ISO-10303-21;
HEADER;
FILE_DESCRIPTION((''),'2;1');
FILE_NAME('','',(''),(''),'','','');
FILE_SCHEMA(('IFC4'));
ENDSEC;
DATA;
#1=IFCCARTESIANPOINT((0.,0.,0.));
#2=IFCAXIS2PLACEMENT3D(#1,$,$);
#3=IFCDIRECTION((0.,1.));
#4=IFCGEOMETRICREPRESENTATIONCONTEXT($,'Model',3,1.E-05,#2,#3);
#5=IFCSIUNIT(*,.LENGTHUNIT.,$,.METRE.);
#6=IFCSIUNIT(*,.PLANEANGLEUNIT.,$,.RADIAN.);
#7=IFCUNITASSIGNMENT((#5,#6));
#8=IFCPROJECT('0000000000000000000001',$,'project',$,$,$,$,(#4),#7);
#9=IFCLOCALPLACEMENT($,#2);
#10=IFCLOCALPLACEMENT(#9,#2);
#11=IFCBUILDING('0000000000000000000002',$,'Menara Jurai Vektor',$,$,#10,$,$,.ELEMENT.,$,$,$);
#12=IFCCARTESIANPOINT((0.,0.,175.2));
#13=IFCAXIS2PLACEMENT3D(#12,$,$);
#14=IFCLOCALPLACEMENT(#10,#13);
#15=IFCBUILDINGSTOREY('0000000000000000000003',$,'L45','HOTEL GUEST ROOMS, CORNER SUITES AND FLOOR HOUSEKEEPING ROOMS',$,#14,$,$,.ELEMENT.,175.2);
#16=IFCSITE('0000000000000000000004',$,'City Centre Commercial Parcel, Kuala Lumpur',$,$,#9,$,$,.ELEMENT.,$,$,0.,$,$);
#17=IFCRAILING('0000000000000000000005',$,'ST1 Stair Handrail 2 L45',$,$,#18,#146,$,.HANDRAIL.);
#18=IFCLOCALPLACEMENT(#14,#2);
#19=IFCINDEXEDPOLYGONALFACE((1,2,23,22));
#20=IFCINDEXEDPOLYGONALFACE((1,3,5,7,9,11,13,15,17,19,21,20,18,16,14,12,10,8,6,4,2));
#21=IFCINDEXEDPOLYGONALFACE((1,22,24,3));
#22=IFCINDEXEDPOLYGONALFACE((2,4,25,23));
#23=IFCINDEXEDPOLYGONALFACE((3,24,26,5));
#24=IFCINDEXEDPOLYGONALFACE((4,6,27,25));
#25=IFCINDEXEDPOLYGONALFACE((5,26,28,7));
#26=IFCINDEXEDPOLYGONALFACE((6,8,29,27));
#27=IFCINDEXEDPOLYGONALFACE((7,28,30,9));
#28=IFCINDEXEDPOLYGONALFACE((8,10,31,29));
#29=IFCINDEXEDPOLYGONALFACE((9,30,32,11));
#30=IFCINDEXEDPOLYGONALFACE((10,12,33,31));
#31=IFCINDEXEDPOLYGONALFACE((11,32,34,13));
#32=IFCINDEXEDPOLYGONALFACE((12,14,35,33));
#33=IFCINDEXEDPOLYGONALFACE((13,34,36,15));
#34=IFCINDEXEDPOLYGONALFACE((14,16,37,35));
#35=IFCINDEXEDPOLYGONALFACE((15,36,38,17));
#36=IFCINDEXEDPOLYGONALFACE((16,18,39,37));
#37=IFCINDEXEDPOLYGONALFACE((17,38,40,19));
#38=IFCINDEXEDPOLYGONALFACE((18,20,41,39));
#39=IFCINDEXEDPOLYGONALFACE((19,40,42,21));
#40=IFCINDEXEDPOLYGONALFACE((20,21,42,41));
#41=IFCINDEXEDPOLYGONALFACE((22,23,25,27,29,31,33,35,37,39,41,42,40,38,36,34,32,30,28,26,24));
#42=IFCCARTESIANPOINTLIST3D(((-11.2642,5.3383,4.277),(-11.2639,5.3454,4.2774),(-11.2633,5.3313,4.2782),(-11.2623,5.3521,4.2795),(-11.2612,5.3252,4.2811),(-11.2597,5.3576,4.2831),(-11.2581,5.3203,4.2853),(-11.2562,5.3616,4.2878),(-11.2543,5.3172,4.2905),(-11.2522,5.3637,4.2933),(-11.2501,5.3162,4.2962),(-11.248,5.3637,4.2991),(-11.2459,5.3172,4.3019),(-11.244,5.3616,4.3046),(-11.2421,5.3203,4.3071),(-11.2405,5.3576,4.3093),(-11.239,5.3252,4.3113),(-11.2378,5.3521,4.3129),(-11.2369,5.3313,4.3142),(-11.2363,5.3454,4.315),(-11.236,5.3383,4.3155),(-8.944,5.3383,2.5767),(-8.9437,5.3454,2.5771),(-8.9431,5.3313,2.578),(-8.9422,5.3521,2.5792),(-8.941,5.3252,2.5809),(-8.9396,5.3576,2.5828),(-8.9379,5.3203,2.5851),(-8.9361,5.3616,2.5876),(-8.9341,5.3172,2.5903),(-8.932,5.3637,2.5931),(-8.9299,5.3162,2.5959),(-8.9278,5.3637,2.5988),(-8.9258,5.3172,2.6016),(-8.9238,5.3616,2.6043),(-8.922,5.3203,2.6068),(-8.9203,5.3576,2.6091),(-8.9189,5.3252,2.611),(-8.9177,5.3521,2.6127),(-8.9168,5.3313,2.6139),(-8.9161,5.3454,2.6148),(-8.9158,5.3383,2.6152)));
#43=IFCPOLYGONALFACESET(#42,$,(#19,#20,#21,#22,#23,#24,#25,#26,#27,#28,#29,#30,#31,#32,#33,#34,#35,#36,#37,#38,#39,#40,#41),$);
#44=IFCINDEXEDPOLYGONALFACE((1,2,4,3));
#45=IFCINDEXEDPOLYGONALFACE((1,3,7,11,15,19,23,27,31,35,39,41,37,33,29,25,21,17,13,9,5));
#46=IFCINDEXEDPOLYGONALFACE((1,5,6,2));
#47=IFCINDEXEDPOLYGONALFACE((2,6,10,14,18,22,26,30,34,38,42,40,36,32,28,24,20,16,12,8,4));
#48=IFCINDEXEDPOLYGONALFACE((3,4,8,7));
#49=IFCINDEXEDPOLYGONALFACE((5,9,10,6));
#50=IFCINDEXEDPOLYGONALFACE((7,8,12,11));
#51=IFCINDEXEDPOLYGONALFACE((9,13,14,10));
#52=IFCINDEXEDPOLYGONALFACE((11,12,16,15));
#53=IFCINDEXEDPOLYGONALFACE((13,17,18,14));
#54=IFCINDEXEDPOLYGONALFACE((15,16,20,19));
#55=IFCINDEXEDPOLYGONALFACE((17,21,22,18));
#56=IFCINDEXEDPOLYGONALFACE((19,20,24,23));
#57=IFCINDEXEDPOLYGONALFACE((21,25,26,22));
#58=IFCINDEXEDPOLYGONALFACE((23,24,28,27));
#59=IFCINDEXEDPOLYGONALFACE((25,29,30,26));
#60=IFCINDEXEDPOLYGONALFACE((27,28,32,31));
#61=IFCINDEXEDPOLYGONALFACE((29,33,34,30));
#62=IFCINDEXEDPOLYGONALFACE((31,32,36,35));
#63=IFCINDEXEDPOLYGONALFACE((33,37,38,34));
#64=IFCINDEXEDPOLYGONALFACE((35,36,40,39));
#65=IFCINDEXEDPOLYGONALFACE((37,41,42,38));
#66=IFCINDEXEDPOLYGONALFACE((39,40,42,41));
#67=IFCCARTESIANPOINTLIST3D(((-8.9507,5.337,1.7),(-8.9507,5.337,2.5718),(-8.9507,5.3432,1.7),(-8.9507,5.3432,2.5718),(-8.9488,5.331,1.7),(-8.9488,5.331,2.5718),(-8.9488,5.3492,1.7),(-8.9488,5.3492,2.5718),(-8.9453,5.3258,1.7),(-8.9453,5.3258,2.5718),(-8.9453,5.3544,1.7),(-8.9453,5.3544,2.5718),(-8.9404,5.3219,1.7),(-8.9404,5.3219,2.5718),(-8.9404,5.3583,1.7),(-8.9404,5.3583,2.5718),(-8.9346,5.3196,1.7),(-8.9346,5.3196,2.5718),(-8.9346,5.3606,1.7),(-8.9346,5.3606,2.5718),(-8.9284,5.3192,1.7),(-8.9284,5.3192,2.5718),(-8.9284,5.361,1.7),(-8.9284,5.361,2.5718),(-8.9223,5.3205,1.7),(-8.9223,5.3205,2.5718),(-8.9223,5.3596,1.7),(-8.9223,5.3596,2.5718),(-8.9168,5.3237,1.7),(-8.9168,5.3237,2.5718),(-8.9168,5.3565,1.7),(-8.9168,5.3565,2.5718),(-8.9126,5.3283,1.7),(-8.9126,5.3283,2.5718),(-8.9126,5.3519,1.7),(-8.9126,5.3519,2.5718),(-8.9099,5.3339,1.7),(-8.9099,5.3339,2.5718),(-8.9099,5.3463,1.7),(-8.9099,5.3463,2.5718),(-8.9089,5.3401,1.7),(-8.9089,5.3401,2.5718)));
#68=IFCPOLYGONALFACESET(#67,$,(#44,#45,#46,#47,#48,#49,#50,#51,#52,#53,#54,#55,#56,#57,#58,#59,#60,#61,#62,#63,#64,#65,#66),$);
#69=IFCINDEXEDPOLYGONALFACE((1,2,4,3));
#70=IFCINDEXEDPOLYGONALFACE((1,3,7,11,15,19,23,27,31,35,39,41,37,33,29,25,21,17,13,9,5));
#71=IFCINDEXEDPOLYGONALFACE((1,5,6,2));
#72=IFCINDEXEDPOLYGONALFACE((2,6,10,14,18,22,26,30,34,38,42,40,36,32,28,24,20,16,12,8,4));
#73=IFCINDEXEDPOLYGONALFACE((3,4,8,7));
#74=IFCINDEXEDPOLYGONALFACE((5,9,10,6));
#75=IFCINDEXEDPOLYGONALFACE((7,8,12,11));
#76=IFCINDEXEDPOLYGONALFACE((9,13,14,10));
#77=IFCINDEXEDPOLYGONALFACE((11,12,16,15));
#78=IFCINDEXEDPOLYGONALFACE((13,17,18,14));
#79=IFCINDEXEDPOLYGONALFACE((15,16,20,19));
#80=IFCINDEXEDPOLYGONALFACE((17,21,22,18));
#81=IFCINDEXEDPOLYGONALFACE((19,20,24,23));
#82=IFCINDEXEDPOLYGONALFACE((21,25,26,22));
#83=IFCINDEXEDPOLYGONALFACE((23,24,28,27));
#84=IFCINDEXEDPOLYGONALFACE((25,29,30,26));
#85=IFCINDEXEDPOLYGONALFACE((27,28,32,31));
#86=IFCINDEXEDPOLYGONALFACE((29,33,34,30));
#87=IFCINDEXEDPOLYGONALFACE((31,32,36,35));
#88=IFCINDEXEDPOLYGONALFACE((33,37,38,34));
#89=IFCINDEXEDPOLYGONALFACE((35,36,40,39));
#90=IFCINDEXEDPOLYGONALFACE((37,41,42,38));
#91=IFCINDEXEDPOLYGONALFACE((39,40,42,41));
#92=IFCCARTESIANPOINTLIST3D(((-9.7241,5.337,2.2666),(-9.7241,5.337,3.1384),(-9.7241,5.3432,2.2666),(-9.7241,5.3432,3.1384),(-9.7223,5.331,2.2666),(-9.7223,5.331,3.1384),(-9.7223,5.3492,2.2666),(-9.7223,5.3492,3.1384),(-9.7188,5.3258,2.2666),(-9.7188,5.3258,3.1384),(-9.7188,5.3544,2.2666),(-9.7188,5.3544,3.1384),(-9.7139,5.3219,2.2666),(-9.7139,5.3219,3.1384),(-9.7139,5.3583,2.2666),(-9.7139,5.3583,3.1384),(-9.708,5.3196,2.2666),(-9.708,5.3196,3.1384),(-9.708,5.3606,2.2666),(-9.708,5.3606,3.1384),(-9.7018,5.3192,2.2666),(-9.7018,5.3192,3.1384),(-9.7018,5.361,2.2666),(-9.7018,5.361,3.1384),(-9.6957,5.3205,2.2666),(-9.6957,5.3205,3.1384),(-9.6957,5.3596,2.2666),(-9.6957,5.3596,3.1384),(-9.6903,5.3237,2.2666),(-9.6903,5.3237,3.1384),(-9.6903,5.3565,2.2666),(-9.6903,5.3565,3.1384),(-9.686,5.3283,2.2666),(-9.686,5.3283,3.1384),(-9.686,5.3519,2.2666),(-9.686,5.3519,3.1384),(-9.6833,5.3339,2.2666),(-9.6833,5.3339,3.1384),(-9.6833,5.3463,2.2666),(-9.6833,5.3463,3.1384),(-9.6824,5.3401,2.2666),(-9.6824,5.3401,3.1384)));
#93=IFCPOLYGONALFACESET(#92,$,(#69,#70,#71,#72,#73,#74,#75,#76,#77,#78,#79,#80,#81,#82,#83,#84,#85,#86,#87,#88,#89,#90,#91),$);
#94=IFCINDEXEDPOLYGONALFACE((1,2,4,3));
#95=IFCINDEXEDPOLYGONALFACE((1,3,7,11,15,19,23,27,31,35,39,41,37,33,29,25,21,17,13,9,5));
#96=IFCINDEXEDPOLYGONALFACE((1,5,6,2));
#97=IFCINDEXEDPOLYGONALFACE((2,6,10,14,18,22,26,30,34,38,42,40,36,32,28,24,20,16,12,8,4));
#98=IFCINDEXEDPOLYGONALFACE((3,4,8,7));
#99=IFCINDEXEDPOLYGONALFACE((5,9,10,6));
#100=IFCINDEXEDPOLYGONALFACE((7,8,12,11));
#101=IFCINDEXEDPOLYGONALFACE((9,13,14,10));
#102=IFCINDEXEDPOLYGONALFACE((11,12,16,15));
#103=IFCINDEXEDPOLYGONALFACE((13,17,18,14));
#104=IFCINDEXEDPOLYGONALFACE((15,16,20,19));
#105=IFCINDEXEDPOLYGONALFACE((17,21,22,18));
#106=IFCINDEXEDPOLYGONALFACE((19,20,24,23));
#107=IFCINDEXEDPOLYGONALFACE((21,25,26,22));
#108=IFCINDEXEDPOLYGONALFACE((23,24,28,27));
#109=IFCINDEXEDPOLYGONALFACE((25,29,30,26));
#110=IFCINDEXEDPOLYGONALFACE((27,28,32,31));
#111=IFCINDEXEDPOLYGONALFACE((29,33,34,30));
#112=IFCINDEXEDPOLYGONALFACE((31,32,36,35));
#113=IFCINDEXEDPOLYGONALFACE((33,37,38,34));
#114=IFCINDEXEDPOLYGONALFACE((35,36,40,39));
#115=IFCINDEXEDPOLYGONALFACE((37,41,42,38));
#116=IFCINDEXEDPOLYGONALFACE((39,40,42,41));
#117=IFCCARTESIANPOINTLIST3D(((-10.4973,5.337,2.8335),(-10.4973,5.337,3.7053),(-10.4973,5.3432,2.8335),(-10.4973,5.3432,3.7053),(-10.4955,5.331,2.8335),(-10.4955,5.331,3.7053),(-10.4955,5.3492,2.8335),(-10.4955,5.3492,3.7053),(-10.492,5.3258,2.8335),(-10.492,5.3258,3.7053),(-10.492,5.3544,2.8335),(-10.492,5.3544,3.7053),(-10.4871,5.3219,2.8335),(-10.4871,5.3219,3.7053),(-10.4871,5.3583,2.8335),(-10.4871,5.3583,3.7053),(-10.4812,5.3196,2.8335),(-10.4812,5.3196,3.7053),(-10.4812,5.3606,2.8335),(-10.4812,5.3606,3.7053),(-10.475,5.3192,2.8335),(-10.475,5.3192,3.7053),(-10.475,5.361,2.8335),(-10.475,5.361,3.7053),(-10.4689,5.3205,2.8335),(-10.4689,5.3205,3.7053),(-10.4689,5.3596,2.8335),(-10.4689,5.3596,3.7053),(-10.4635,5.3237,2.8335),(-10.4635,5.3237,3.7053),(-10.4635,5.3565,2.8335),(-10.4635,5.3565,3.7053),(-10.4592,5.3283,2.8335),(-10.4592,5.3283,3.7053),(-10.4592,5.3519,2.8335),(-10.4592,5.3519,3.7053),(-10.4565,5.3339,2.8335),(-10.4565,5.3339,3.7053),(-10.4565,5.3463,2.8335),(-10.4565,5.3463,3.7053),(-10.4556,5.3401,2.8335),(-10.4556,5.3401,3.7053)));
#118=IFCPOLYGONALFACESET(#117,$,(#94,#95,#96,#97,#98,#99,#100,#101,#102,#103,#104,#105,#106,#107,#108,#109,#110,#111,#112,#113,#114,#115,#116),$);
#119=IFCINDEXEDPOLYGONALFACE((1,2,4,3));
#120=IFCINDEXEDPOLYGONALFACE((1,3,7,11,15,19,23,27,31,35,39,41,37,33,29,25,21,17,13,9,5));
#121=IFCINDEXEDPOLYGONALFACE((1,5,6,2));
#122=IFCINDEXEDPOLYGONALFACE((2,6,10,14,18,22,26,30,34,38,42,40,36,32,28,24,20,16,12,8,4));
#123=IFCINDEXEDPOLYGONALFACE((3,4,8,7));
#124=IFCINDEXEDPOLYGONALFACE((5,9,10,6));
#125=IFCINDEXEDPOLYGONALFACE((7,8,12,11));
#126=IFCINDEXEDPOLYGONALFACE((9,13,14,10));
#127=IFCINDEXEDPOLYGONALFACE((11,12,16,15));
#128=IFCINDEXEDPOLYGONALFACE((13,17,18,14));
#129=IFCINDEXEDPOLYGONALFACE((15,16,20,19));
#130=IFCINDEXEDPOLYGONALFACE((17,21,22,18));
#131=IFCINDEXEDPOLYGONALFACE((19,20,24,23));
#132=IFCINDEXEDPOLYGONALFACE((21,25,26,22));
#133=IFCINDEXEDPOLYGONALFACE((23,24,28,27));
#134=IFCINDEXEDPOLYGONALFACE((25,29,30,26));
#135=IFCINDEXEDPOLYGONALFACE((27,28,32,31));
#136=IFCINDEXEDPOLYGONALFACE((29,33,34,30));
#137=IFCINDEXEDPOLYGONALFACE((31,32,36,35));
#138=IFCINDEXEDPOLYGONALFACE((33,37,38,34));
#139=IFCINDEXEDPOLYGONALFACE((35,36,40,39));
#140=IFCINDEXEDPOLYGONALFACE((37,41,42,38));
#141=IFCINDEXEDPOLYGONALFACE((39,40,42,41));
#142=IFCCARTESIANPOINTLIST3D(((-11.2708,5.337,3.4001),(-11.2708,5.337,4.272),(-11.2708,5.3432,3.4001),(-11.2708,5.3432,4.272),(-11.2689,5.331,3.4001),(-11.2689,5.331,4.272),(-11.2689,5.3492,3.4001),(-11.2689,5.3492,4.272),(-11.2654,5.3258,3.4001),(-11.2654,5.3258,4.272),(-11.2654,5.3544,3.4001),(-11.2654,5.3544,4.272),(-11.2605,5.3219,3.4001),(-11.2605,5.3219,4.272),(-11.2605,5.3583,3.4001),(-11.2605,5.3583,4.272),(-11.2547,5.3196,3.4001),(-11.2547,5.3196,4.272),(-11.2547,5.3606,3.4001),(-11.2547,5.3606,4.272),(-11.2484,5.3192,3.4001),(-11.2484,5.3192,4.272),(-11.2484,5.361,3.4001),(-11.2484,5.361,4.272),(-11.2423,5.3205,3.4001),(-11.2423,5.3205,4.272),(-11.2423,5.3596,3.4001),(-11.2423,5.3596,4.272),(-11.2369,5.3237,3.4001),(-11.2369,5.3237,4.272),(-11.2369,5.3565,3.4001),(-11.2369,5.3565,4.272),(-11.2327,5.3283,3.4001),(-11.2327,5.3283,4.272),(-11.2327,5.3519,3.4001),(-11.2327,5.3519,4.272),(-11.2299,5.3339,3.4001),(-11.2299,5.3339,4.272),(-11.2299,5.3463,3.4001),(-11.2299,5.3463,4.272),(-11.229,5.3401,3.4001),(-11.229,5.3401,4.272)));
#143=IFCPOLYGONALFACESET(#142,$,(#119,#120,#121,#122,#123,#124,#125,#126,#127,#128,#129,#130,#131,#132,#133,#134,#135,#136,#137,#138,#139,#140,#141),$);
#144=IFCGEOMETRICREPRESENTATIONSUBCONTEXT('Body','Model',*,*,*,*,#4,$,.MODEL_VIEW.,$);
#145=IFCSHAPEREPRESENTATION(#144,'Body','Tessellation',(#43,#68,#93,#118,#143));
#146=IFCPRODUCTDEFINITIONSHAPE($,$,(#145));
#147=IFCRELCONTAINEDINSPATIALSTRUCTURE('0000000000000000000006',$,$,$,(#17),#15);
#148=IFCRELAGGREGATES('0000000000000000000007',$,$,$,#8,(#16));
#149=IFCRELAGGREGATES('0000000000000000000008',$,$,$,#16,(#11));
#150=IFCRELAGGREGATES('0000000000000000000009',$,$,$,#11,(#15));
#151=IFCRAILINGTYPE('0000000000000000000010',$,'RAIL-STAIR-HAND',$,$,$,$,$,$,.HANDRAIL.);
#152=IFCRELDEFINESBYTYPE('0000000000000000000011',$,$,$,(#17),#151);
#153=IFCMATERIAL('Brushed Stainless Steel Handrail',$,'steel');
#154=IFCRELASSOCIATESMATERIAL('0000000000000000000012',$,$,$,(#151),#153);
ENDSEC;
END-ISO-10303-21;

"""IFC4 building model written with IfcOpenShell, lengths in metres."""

from ifc_helpers import new_model, si_unit, direction, frame, origin, origin_2d, place, context, subcontext, project, spatial, circle, extrude, material, type_object, element, save


model = new_model("IFC4")

# Units and contexts
model_context = context("Model", 3, precision=1e-05, world=origin(), true_north=direction((0.0, 1.0)))
body_context = subcontext(model_context, "Body", "Model", "MODEL_VIEW")
ifc_project = project(units=[si_unit("LENGTHUNIT", "METRE"), si_unit("PLANEANGLEUNIT", "RADIAN")], contexts=[model_context])

# Site, building, storey
site_placement = place(None, origin())
site = spatial("IfcSite", under=ifc_project, at=site_placement, Name="City Centre Commercial Parcel, Kuala Lumpur", CompositionType="ELEMENT", RefElevation=0.0)
building_placement = place(site_placement, origin())
building = spatial("IfcBuilding", under=site, at=building_placement, Name="Menara Jurai Vektor", CompositionType="ELEMENT")
storey_placement = place(building_placement, frame((0.0, 0.0, 175.2)))
storey = spatial("IfcBuildingStorey", under=building, at=storey_placement, Name="L45", Description="HOTEL GUEST ROOMS, CORNER SUITES AND FLOOR HOUSEKEEPING ROOMS", CompositionType="ELEMENT", Elevation=175.2)

# Railing
ifc_material_1 = material(Name="Brushed Stainless Steel Handrail", Category="steel")
railing_type_1 = type_object("IfcRailingType", Name="RAIL-STAIR-HAND", PredefinedType="HANDRAIL", material=ifc_material_1)
railing_1_placement = place(storey_placement, frame((-8.9299, 5.3401, 1.7)))
element("IfcRailing", 1, at=railing_1_placement, inside=storey, type_object=railing_type_1, Name="ST1 Stair Handrail 2 L45", PredefinedType="HANDRAIL", context=body_context, shape_type="SweptSolid", body=[
    extrude(circle(Radius=0.0239, at=origin_2d()), frame((0.0, 0.0, 0.896), z_axis=(-0.806602, 0.0, 0.591095), x_axis=(0.0, -1.0, 0.0)), (0.0, 0.0, 1.0), 2.8765),
    extrude(circle(Radius=0.021, at=origin_2d()), origin(), (0.0, 0.0, 1.0), 0.8718),
    extrude(circle(Radius=0.021, at=origin_2d()), frame((-0.7734, 0.0, 0.5667)), (0.0, 0.0, 1.0), 0.8718),
    extrude(circle(Radius=0.021, at=origin_2d()), frame((-1.5466, 0.0, 1.1335)), (0.0, 0.0, 1.0), 0.8718),
    extrude(circle(Radius=0.021, at=origin_2d()), frame((-2.3201, 0.0, 1.7002)), (0.0, 0.0, 1.0), 0.8718),
])

save(model, "model.ifc")
